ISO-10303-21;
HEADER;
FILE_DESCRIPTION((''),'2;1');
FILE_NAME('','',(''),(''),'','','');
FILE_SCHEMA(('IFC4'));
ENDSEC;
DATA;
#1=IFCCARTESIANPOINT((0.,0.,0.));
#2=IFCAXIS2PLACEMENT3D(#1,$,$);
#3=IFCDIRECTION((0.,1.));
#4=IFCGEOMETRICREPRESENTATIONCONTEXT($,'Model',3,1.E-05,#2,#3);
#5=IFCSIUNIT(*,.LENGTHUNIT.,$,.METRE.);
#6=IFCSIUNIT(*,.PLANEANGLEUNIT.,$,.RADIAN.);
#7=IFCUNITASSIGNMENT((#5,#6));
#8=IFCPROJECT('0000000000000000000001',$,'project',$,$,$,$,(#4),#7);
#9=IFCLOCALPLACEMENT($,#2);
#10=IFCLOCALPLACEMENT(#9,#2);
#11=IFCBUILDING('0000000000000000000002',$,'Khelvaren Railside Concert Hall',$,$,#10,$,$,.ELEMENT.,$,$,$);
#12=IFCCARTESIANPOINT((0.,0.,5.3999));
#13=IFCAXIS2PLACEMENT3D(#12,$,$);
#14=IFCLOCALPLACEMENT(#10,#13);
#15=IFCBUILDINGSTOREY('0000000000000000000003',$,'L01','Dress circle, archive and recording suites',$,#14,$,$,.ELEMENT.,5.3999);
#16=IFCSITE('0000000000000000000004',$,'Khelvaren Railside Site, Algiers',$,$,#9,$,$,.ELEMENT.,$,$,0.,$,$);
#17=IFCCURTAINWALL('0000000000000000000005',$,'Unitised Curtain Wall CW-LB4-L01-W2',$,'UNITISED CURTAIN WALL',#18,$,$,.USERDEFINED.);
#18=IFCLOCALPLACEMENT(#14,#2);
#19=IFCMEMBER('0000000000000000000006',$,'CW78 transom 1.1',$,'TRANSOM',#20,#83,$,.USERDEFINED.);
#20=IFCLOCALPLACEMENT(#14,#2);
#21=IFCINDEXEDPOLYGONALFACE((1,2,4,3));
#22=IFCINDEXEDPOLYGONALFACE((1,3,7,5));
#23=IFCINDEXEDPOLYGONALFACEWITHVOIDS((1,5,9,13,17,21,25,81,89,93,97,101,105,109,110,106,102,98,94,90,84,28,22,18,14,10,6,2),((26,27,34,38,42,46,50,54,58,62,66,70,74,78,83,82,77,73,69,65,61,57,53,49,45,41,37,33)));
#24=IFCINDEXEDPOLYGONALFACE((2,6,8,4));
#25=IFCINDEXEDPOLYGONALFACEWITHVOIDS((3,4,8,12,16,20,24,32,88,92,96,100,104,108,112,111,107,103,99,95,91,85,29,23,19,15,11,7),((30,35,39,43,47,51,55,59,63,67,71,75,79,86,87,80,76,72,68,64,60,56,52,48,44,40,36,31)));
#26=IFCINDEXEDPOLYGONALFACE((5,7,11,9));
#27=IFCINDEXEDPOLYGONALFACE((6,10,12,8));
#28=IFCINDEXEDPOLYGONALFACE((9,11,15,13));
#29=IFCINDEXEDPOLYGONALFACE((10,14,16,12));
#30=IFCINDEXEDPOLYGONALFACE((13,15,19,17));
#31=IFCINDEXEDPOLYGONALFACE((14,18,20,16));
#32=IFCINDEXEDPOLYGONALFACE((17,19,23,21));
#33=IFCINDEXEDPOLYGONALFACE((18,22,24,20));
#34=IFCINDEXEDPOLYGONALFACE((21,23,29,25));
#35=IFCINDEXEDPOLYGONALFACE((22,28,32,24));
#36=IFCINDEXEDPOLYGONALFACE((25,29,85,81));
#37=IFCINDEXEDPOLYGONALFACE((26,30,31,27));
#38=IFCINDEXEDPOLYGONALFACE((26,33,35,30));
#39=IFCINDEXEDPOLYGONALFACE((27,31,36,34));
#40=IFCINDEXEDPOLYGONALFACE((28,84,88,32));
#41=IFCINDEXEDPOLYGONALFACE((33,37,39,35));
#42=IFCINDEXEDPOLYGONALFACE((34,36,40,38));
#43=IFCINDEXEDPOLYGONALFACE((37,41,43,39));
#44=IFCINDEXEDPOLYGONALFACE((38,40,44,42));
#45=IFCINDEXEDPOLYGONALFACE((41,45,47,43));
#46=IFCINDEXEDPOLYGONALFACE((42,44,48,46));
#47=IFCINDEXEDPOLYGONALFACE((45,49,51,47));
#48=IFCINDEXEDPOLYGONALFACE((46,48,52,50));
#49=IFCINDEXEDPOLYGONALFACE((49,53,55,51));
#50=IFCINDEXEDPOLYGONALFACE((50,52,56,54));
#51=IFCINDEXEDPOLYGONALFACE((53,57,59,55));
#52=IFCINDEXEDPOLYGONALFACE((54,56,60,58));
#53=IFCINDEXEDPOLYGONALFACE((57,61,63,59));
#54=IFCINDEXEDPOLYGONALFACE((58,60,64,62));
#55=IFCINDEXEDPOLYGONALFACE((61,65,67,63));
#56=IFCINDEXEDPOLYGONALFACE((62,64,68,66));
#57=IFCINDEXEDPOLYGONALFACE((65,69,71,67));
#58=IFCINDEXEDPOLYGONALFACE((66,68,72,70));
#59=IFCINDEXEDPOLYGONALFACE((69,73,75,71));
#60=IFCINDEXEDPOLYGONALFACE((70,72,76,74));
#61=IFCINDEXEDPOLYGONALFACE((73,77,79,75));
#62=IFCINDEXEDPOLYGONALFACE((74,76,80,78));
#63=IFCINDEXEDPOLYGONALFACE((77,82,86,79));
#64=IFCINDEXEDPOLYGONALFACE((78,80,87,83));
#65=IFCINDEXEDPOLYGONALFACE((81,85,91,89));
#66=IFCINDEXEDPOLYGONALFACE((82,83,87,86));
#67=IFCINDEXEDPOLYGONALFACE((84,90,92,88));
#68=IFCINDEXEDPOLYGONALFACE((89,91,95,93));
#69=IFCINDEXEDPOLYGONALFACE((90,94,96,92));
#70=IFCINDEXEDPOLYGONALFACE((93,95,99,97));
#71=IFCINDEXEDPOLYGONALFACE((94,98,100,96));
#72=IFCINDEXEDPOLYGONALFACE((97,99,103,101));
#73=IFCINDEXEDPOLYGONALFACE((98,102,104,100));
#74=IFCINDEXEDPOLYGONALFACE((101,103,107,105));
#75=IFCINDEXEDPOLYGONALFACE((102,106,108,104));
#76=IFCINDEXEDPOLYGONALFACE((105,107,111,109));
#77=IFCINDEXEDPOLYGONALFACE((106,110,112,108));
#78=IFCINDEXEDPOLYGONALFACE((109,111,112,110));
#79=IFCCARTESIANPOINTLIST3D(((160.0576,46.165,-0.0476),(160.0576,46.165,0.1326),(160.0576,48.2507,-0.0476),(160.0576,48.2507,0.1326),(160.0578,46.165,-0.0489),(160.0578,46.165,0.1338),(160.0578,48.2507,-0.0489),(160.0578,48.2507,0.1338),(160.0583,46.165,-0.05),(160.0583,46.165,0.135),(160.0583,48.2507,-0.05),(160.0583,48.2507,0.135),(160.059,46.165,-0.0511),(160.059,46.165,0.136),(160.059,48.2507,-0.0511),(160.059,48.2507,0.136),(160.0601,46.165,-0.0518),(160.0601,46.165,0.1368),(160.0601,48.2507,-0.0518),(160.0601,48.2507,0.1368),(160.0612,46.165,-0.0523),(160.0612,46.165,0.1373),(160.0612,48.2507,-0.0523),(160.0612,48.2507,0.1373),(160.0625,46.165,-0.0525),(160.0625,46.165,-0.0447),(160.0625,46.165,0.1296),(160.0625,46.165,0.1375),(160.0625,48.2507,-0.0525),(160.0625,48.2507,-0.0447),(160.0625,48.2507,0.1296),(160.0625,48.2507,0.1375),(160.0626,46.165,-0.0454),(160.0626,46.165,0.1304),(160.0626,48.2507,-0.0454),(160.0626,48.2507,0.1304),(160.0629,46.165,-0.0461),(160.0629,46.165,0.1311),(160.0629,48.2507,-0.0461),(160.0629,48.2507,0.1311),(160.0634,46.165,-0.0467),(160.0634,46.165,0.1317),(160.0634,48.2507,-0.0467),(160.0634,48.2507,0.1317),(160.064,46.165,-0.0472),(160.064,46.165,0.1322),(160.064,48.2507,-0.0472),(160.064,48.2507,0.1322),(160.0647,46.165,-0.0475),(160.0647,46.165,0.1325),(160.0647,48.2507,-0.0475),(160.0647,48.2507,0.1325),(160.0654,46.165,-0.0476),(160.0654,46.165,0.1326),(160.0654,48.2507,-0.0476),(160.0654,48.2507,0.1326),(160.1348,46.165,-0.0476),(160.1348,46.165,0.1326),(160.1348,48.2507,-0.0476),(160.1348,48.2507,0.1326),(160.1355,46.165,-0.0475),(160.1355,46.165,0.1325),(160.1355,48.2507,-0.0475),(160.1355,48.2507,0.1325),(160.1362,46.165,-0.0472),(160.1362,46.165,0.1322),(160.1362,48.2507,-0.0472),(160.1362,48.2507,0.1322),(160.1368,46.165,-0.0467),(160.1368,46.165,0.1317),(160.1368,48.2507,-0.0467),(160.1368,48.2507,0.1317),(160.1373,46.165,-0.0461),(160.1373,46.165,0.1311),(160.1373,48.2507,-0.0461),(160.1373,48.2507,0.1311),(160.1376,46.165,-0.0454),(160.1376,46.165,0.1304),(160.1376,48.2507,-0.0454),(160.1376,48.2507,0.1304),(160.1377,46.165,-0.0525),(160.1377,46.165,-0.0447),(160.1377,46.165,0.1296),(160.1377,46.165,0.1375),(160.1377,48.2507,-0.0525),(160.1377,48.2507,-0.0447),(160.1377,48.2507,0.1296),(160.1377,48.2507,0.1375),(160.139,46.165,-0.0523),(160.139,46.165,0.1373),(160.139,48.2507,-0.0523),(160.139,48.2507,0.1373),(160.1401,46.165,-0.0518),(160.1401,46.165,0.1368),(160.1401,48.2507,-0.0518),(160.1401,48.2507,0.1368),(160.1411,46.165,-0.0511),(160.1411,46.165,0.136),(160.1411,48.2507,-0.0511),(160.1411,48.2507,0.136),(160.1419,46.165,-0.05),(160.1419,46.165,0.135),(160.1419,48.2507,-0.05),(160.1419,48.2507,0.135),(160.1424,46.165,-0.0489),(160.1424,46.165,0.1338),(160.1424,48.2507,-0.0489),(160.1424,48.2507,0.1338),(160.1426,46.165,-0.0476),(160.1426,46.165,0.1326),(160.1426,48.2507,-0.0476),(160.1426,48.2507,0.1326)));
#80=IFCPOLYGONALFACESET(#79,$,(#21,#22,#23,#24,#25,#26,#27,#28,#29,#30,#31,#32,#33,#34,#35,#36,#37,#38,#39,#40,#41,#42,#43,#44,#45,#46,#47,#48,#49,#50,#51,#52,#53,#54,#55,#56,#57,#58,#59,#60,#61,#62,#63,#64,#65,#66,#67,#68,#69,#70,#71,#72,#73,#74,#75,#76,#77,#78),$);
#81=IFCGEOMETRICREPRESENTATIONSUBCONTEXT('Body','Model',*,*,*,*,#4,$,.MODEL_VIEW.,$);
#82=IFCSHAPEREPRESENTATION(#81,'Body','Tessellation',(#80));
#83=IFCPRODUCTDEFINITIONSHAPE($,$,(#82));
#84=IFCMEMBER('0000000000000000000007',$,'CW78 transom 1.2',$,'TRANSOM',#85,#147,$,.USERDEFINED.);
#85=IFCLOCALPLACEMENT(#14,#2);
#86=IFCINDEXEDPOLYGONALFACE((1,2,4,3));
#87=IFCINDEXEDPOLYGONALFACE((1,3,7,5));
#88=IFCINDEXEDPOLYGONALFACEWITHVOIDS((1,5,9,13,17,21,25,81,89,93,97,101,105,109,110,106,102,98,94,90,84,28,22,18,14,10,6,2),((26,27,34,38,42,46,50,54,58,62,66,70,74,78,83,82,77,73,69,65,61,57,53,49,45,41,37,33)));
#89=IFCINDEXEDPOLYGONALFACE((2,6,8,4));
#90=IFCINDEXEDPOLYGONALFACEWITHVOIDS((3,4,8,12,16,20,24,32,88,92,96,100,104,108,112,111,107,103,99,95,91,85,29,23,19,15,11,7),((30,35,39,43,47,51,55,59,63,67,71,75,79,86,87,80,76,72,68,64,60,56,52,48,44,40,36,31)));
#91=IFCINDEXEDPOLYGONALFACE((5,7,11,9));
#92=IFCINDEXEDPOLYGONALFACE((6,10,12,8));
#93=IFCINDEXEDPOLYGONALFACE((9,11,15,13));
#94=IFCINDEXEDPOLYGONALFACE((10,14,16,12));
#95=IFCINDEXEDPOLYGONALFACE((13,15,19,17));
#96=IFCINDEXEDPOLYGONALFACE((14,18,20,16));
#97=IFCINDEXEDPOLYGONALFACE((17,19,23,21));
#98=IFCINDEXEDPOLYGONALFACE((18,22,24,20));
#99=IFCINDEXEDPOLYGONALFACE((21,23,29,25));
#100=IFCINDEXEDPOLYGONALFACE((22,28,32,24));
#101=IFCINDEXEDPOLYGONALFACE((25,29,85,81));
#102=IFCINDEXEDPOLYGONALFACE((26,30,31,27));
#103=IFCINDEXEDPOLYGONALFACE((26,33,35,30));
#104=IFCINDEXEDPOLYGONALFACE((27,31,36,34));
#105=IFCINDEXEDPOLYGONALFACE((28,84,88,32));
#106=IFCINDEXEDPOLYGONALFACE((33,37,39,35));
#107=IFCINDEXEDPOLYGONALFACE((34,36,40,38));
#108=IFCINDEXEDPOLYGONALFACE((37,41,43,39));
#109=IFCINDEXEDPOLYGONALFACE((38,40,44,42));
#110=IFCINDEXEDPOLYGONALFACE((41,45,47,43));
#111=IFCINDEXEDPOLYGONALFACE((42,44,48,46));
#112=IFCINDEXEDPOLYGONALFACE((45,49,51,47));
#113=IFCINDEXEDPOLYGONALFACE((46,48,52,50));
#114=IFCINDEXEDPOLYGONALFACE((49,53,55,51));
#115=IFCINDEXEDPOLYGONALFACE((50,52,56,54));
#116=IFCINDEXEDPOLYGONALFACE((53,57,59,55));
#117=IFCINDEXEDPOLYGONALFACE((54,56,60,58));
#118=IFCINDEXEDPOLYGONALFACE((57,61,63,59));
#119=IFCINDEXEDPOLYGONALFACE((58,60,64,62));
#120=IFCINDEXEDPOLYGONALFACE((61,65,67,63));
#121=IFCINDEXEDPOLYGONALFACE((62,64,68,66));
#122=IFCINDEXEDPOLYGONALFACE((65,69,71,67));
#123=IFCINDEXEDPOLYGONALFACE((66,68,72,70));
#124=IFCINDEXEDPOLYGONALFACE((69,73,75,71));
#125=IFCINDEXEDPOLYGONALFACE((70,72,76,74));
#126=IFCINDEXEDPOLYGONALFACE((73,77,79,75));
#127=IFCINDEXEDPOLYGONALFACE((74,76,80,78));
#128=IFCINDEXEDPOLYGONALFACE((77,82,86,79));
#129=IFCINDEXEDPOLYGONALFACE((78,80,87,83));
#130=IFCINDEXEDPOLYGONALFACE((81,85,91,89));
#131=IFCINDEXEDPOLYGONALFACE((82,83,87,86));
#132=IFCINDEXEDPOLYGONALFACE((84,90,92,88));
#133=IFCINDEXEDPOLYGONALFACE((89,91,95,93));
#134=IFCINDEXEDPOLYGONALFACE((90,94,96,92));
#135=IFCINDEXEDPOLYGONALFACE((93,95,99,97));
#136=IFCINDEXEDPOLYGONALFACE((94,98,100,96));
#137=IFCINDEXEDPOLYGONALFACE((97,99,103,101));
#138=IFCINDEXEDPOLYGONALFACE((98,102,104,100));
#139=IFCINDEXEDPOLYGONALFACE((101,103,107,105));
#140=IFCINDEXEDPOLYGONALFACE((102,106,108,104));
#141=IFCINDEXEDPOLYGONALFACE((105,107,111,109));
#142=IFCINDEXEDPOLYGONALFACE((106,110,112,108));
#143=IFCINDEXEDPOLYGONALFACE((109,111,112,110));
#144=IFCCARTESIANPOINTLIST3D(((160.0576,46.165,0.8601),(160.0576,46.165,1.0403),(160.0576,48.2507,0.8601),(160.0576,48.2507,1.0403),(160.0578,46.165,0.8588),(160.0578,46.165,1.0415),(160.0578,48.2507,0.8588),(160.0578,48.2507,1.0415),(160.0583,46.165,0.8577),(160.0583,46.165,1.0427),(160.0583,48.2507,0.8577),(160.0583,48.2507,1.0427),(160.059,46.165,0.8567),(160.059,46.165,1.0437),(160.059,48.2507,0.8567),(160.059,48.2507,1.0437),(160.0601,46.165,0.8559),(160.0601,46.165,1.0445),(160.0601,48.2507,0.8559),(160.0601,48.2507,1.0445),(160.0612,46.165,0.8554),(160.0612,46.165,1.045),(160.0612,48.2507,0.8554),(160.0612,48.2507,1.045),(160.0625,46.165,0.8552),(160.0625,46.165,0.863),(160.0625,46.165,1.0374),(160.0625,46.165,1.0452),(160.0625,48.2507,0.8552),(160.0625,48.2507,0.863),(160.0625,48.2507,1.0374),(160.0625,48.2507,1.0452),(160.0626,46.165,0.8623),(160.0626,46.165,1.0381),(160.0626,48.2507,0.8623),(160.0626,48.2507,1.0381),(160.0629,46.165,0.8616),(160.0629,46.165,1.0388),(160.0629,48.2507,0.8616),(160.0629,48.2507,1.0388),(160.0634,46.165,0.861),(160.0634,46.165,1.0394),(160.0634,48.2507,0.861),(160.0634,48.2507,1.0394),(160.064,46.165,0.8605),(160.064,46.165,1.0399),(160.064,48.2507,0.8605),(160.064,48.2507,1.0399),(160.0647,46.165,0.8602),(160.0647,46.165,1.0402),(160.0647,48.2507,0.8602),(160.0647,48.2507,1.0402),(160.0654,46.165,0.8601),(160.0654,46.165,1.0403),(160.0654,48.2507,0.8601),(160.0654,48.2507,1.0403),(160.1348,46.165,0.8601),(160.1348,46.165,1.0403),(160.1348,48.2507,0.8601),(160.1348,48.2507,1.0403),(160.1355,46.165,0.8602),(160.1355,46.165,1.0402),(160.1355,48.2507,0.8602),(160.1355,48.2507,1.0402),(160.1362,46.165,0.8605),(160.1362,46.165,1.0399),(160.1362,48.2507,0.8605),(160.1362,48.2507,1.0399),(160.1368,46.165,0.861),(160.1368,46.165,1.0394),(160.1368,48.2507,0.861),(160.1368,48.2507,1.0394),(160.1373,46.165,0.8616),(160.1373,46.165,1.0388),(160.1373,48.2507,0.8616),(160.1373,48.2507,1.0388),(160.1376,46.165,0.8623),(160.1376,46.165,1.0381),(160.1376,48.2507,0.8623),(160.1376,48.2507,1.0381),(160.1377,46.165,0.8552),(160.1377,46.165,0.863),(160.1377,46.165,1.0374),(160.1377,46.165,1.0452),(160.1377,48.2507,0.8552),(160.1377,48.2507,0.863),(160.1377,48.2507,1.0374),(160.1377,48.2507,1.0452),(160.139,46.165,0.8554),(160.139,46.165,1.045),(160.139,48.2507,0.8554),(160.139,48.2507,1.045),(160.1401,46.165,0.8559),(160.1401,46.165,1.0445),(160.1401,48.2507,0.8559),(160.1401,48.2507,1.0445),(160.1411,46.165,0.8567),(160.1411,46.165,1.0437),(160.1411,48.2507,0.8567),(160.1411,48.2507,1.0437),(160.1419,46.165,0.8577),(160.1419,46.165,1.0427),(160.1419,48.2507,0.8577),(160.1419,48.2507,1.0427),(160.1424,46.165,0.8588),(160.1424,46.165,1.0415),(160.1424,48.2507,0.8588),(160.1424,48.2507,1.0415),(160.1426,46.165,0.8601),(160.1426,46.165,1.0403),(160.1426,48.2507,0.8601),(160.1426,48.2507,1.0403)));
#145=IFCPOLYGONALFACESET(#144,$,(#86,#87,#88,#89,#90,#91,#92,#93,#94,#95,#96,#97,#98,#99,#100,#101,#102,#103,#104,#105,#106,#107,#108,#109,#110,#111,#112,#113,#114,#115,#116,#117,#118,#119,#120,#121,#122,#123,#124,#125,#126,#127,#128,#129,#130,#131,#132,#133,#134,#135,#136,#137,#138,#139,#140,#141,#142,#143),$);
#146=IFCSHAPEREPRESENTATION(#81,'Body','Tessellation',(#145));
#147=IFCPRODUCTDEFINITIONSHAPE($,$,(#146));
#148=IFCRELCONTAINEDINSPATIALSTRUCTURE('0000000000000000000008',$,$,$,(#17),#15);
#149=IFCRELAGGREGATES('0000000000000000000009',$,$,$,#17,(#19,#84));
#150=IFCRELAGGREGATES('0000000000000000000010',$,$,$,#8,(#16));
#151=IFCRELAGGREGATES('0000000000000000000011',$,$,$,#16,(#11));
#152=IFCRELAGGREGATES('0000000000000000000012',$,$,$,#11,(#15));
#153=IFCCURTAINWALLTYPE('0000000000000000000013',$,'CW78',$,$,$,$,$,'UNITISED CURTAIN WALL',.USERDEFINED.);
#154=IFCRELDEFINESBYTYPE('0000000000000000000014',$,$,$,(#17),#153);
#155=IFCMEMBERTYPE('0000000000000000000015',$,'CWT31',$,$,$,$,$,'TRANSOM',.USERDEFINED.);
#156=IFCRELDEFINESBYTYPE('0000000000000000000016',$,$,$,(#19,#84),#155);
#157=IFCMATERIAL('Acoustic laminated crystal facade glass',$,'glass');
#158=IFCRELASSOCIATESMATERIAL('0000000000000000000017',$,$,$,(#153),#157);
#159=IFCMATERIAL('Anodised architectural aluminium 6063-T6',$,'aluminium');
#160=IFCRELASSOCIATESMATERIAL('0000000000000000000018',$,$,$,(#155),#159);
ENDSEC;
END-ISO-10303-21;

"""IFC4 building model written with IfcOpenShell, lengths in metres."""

from ifc_helpers import new_model, si_unit, direction, frame, origin, origin_2d, place, context, subcontext, project, spatial, hollow_rectangle, extrude, material, material_profile, profile_set, type_object, element, aggregate, save


model = new_model("IFC4")

# Units and contexts
model_context = context("Model", 3, precision=1e-05, world=origin(), true_north=direction((0.0, 1.0)))
body_context = subcontext(model_context, "Body", "Model", "MODEL_VIEW")
ifc_project = project(units=[si_unit("LENGTHUNIT", "METRE"), si_unit("PLANEANGLEUNIT", "RADIAN")], contexts=[model_context])

# Site, building, storey
site_placement = place(None, origin())
site = spatial("IfcSite", under=ifc_project, at=site_placement, Name="Khelvaren Railside Site, Algiers", CompositionType="ELEMENT", RefElevation=0.0)
building_placement = place(site_placement, origin())
building = spatial("IfcBuilding", under=site, at=building_placement, Name="Khelvaren Railside Concert Hall", CompositionType="ELEMENT")
storey_placement = place(building_placement, frame((0.0, 0.0, 5.3999)))
storey = spatial("IfcBuildingStorey", under=building, at=storey_placement, Name="L01", Description="Dress circle, archive and recording suites", CompositionType="ELEMENT", Elevation=5.3999)

# Curtain wall, members
ifc_material_1 = material(Name="Acoustic laminated crystal facade glass", Category="glass")
curtain_wall_type = type_object("IfcCurtainWallType", Name="CW78", ElementType="UNITISED CURTAIN WALL", PredefinedType="USERDEFINED", material=ifc_material_1)
curtain_wall_placement = place(storey_placement, origin())
curtain_wall = element("IfcCurtainWall", 1, at=curtain_wall_placement, inside=storey, type_object=curtain_wall_type, Name="Unitised Curtain Wall CW-LB4-L01-W2", ObjectType="UNITISED CURTAIN WALL", PredefinedType="USERDEFINED")
ifc_material_2 = material(Name="Anodised architectural aluminium 6063-T6", Category="aluminium")
ifc_material_profile_1 = material_profile(ifc_material_2, hollow_rectangle(XDim=0.085, YDim=0.1899, WallThickness=0.0049, InnerFilletRadius=0.0029, OuterFilletRadius=0.0049, at=origin_2d()), Name="CWT 85x190x5")
ifc_profile_set_1 = profile_set([ifc_material_profile_1], Name="Anodised architectural aluminium 6063-T6")
member_type_1 = type_object("IfcMemberType", Name="CWT31", ElementType="TRANSOM", PredefinedType="USERDEFINED", material=ifc_profile_set_1)
member_1_placement = place(storey_placement, frame((160.1001, 46.165, 0.0425), z_axis=(0.0, 1.0, 0.0), x_axis=(-1.0, 0.0, 0.0)))
member_1 = element("IfcMember", 2, at=member_1_placement, type_object=member_type_1, Name="CW78 transom 1.1", ObjectType="TRANSOM", PredefinedType="USERDEFINED", context=body_context, shape_type="SweptSolid", body=[
    extrude(hollow_rectangle(XDim=0.085, YDim=0.1899, WallThickness=0.0049, InnerFilletRadius=0.0029, OuterFilletRadius=0.0049, at=origin_2d()), origin(), (0.0, 0.0, 1.0), 2.0857),
])
member_2_placement = place(storey_placement, frame((160.1001, 46.165, 0.9502), z_axis=(0.0, 1.0, 0.0), x_axis=(-1.0, 0.0, 0.0)))
member_2 = element("IfcMember", 3, at=member_2_placement, type_object=member_type_1, Name="CW78 transom 1.2", ObjectType="TRANSOM", PredefinedType="USERDEFINED", context=body_context, shape_type="SweptSolid", body=[
    extrude(hollow_rectangle(XDim=0.085, YDim=0.1899, WallThickness=0.0049, InnerFilletRadius=0.0029, OuterFilletRadius=0.0049, at=origin_2d()), origin(), (0.0, 0.0, 1.0), 2.0857),
])

aggregate(curtain_wall, [member_1, member_2])

save(model, "model.ifc")
